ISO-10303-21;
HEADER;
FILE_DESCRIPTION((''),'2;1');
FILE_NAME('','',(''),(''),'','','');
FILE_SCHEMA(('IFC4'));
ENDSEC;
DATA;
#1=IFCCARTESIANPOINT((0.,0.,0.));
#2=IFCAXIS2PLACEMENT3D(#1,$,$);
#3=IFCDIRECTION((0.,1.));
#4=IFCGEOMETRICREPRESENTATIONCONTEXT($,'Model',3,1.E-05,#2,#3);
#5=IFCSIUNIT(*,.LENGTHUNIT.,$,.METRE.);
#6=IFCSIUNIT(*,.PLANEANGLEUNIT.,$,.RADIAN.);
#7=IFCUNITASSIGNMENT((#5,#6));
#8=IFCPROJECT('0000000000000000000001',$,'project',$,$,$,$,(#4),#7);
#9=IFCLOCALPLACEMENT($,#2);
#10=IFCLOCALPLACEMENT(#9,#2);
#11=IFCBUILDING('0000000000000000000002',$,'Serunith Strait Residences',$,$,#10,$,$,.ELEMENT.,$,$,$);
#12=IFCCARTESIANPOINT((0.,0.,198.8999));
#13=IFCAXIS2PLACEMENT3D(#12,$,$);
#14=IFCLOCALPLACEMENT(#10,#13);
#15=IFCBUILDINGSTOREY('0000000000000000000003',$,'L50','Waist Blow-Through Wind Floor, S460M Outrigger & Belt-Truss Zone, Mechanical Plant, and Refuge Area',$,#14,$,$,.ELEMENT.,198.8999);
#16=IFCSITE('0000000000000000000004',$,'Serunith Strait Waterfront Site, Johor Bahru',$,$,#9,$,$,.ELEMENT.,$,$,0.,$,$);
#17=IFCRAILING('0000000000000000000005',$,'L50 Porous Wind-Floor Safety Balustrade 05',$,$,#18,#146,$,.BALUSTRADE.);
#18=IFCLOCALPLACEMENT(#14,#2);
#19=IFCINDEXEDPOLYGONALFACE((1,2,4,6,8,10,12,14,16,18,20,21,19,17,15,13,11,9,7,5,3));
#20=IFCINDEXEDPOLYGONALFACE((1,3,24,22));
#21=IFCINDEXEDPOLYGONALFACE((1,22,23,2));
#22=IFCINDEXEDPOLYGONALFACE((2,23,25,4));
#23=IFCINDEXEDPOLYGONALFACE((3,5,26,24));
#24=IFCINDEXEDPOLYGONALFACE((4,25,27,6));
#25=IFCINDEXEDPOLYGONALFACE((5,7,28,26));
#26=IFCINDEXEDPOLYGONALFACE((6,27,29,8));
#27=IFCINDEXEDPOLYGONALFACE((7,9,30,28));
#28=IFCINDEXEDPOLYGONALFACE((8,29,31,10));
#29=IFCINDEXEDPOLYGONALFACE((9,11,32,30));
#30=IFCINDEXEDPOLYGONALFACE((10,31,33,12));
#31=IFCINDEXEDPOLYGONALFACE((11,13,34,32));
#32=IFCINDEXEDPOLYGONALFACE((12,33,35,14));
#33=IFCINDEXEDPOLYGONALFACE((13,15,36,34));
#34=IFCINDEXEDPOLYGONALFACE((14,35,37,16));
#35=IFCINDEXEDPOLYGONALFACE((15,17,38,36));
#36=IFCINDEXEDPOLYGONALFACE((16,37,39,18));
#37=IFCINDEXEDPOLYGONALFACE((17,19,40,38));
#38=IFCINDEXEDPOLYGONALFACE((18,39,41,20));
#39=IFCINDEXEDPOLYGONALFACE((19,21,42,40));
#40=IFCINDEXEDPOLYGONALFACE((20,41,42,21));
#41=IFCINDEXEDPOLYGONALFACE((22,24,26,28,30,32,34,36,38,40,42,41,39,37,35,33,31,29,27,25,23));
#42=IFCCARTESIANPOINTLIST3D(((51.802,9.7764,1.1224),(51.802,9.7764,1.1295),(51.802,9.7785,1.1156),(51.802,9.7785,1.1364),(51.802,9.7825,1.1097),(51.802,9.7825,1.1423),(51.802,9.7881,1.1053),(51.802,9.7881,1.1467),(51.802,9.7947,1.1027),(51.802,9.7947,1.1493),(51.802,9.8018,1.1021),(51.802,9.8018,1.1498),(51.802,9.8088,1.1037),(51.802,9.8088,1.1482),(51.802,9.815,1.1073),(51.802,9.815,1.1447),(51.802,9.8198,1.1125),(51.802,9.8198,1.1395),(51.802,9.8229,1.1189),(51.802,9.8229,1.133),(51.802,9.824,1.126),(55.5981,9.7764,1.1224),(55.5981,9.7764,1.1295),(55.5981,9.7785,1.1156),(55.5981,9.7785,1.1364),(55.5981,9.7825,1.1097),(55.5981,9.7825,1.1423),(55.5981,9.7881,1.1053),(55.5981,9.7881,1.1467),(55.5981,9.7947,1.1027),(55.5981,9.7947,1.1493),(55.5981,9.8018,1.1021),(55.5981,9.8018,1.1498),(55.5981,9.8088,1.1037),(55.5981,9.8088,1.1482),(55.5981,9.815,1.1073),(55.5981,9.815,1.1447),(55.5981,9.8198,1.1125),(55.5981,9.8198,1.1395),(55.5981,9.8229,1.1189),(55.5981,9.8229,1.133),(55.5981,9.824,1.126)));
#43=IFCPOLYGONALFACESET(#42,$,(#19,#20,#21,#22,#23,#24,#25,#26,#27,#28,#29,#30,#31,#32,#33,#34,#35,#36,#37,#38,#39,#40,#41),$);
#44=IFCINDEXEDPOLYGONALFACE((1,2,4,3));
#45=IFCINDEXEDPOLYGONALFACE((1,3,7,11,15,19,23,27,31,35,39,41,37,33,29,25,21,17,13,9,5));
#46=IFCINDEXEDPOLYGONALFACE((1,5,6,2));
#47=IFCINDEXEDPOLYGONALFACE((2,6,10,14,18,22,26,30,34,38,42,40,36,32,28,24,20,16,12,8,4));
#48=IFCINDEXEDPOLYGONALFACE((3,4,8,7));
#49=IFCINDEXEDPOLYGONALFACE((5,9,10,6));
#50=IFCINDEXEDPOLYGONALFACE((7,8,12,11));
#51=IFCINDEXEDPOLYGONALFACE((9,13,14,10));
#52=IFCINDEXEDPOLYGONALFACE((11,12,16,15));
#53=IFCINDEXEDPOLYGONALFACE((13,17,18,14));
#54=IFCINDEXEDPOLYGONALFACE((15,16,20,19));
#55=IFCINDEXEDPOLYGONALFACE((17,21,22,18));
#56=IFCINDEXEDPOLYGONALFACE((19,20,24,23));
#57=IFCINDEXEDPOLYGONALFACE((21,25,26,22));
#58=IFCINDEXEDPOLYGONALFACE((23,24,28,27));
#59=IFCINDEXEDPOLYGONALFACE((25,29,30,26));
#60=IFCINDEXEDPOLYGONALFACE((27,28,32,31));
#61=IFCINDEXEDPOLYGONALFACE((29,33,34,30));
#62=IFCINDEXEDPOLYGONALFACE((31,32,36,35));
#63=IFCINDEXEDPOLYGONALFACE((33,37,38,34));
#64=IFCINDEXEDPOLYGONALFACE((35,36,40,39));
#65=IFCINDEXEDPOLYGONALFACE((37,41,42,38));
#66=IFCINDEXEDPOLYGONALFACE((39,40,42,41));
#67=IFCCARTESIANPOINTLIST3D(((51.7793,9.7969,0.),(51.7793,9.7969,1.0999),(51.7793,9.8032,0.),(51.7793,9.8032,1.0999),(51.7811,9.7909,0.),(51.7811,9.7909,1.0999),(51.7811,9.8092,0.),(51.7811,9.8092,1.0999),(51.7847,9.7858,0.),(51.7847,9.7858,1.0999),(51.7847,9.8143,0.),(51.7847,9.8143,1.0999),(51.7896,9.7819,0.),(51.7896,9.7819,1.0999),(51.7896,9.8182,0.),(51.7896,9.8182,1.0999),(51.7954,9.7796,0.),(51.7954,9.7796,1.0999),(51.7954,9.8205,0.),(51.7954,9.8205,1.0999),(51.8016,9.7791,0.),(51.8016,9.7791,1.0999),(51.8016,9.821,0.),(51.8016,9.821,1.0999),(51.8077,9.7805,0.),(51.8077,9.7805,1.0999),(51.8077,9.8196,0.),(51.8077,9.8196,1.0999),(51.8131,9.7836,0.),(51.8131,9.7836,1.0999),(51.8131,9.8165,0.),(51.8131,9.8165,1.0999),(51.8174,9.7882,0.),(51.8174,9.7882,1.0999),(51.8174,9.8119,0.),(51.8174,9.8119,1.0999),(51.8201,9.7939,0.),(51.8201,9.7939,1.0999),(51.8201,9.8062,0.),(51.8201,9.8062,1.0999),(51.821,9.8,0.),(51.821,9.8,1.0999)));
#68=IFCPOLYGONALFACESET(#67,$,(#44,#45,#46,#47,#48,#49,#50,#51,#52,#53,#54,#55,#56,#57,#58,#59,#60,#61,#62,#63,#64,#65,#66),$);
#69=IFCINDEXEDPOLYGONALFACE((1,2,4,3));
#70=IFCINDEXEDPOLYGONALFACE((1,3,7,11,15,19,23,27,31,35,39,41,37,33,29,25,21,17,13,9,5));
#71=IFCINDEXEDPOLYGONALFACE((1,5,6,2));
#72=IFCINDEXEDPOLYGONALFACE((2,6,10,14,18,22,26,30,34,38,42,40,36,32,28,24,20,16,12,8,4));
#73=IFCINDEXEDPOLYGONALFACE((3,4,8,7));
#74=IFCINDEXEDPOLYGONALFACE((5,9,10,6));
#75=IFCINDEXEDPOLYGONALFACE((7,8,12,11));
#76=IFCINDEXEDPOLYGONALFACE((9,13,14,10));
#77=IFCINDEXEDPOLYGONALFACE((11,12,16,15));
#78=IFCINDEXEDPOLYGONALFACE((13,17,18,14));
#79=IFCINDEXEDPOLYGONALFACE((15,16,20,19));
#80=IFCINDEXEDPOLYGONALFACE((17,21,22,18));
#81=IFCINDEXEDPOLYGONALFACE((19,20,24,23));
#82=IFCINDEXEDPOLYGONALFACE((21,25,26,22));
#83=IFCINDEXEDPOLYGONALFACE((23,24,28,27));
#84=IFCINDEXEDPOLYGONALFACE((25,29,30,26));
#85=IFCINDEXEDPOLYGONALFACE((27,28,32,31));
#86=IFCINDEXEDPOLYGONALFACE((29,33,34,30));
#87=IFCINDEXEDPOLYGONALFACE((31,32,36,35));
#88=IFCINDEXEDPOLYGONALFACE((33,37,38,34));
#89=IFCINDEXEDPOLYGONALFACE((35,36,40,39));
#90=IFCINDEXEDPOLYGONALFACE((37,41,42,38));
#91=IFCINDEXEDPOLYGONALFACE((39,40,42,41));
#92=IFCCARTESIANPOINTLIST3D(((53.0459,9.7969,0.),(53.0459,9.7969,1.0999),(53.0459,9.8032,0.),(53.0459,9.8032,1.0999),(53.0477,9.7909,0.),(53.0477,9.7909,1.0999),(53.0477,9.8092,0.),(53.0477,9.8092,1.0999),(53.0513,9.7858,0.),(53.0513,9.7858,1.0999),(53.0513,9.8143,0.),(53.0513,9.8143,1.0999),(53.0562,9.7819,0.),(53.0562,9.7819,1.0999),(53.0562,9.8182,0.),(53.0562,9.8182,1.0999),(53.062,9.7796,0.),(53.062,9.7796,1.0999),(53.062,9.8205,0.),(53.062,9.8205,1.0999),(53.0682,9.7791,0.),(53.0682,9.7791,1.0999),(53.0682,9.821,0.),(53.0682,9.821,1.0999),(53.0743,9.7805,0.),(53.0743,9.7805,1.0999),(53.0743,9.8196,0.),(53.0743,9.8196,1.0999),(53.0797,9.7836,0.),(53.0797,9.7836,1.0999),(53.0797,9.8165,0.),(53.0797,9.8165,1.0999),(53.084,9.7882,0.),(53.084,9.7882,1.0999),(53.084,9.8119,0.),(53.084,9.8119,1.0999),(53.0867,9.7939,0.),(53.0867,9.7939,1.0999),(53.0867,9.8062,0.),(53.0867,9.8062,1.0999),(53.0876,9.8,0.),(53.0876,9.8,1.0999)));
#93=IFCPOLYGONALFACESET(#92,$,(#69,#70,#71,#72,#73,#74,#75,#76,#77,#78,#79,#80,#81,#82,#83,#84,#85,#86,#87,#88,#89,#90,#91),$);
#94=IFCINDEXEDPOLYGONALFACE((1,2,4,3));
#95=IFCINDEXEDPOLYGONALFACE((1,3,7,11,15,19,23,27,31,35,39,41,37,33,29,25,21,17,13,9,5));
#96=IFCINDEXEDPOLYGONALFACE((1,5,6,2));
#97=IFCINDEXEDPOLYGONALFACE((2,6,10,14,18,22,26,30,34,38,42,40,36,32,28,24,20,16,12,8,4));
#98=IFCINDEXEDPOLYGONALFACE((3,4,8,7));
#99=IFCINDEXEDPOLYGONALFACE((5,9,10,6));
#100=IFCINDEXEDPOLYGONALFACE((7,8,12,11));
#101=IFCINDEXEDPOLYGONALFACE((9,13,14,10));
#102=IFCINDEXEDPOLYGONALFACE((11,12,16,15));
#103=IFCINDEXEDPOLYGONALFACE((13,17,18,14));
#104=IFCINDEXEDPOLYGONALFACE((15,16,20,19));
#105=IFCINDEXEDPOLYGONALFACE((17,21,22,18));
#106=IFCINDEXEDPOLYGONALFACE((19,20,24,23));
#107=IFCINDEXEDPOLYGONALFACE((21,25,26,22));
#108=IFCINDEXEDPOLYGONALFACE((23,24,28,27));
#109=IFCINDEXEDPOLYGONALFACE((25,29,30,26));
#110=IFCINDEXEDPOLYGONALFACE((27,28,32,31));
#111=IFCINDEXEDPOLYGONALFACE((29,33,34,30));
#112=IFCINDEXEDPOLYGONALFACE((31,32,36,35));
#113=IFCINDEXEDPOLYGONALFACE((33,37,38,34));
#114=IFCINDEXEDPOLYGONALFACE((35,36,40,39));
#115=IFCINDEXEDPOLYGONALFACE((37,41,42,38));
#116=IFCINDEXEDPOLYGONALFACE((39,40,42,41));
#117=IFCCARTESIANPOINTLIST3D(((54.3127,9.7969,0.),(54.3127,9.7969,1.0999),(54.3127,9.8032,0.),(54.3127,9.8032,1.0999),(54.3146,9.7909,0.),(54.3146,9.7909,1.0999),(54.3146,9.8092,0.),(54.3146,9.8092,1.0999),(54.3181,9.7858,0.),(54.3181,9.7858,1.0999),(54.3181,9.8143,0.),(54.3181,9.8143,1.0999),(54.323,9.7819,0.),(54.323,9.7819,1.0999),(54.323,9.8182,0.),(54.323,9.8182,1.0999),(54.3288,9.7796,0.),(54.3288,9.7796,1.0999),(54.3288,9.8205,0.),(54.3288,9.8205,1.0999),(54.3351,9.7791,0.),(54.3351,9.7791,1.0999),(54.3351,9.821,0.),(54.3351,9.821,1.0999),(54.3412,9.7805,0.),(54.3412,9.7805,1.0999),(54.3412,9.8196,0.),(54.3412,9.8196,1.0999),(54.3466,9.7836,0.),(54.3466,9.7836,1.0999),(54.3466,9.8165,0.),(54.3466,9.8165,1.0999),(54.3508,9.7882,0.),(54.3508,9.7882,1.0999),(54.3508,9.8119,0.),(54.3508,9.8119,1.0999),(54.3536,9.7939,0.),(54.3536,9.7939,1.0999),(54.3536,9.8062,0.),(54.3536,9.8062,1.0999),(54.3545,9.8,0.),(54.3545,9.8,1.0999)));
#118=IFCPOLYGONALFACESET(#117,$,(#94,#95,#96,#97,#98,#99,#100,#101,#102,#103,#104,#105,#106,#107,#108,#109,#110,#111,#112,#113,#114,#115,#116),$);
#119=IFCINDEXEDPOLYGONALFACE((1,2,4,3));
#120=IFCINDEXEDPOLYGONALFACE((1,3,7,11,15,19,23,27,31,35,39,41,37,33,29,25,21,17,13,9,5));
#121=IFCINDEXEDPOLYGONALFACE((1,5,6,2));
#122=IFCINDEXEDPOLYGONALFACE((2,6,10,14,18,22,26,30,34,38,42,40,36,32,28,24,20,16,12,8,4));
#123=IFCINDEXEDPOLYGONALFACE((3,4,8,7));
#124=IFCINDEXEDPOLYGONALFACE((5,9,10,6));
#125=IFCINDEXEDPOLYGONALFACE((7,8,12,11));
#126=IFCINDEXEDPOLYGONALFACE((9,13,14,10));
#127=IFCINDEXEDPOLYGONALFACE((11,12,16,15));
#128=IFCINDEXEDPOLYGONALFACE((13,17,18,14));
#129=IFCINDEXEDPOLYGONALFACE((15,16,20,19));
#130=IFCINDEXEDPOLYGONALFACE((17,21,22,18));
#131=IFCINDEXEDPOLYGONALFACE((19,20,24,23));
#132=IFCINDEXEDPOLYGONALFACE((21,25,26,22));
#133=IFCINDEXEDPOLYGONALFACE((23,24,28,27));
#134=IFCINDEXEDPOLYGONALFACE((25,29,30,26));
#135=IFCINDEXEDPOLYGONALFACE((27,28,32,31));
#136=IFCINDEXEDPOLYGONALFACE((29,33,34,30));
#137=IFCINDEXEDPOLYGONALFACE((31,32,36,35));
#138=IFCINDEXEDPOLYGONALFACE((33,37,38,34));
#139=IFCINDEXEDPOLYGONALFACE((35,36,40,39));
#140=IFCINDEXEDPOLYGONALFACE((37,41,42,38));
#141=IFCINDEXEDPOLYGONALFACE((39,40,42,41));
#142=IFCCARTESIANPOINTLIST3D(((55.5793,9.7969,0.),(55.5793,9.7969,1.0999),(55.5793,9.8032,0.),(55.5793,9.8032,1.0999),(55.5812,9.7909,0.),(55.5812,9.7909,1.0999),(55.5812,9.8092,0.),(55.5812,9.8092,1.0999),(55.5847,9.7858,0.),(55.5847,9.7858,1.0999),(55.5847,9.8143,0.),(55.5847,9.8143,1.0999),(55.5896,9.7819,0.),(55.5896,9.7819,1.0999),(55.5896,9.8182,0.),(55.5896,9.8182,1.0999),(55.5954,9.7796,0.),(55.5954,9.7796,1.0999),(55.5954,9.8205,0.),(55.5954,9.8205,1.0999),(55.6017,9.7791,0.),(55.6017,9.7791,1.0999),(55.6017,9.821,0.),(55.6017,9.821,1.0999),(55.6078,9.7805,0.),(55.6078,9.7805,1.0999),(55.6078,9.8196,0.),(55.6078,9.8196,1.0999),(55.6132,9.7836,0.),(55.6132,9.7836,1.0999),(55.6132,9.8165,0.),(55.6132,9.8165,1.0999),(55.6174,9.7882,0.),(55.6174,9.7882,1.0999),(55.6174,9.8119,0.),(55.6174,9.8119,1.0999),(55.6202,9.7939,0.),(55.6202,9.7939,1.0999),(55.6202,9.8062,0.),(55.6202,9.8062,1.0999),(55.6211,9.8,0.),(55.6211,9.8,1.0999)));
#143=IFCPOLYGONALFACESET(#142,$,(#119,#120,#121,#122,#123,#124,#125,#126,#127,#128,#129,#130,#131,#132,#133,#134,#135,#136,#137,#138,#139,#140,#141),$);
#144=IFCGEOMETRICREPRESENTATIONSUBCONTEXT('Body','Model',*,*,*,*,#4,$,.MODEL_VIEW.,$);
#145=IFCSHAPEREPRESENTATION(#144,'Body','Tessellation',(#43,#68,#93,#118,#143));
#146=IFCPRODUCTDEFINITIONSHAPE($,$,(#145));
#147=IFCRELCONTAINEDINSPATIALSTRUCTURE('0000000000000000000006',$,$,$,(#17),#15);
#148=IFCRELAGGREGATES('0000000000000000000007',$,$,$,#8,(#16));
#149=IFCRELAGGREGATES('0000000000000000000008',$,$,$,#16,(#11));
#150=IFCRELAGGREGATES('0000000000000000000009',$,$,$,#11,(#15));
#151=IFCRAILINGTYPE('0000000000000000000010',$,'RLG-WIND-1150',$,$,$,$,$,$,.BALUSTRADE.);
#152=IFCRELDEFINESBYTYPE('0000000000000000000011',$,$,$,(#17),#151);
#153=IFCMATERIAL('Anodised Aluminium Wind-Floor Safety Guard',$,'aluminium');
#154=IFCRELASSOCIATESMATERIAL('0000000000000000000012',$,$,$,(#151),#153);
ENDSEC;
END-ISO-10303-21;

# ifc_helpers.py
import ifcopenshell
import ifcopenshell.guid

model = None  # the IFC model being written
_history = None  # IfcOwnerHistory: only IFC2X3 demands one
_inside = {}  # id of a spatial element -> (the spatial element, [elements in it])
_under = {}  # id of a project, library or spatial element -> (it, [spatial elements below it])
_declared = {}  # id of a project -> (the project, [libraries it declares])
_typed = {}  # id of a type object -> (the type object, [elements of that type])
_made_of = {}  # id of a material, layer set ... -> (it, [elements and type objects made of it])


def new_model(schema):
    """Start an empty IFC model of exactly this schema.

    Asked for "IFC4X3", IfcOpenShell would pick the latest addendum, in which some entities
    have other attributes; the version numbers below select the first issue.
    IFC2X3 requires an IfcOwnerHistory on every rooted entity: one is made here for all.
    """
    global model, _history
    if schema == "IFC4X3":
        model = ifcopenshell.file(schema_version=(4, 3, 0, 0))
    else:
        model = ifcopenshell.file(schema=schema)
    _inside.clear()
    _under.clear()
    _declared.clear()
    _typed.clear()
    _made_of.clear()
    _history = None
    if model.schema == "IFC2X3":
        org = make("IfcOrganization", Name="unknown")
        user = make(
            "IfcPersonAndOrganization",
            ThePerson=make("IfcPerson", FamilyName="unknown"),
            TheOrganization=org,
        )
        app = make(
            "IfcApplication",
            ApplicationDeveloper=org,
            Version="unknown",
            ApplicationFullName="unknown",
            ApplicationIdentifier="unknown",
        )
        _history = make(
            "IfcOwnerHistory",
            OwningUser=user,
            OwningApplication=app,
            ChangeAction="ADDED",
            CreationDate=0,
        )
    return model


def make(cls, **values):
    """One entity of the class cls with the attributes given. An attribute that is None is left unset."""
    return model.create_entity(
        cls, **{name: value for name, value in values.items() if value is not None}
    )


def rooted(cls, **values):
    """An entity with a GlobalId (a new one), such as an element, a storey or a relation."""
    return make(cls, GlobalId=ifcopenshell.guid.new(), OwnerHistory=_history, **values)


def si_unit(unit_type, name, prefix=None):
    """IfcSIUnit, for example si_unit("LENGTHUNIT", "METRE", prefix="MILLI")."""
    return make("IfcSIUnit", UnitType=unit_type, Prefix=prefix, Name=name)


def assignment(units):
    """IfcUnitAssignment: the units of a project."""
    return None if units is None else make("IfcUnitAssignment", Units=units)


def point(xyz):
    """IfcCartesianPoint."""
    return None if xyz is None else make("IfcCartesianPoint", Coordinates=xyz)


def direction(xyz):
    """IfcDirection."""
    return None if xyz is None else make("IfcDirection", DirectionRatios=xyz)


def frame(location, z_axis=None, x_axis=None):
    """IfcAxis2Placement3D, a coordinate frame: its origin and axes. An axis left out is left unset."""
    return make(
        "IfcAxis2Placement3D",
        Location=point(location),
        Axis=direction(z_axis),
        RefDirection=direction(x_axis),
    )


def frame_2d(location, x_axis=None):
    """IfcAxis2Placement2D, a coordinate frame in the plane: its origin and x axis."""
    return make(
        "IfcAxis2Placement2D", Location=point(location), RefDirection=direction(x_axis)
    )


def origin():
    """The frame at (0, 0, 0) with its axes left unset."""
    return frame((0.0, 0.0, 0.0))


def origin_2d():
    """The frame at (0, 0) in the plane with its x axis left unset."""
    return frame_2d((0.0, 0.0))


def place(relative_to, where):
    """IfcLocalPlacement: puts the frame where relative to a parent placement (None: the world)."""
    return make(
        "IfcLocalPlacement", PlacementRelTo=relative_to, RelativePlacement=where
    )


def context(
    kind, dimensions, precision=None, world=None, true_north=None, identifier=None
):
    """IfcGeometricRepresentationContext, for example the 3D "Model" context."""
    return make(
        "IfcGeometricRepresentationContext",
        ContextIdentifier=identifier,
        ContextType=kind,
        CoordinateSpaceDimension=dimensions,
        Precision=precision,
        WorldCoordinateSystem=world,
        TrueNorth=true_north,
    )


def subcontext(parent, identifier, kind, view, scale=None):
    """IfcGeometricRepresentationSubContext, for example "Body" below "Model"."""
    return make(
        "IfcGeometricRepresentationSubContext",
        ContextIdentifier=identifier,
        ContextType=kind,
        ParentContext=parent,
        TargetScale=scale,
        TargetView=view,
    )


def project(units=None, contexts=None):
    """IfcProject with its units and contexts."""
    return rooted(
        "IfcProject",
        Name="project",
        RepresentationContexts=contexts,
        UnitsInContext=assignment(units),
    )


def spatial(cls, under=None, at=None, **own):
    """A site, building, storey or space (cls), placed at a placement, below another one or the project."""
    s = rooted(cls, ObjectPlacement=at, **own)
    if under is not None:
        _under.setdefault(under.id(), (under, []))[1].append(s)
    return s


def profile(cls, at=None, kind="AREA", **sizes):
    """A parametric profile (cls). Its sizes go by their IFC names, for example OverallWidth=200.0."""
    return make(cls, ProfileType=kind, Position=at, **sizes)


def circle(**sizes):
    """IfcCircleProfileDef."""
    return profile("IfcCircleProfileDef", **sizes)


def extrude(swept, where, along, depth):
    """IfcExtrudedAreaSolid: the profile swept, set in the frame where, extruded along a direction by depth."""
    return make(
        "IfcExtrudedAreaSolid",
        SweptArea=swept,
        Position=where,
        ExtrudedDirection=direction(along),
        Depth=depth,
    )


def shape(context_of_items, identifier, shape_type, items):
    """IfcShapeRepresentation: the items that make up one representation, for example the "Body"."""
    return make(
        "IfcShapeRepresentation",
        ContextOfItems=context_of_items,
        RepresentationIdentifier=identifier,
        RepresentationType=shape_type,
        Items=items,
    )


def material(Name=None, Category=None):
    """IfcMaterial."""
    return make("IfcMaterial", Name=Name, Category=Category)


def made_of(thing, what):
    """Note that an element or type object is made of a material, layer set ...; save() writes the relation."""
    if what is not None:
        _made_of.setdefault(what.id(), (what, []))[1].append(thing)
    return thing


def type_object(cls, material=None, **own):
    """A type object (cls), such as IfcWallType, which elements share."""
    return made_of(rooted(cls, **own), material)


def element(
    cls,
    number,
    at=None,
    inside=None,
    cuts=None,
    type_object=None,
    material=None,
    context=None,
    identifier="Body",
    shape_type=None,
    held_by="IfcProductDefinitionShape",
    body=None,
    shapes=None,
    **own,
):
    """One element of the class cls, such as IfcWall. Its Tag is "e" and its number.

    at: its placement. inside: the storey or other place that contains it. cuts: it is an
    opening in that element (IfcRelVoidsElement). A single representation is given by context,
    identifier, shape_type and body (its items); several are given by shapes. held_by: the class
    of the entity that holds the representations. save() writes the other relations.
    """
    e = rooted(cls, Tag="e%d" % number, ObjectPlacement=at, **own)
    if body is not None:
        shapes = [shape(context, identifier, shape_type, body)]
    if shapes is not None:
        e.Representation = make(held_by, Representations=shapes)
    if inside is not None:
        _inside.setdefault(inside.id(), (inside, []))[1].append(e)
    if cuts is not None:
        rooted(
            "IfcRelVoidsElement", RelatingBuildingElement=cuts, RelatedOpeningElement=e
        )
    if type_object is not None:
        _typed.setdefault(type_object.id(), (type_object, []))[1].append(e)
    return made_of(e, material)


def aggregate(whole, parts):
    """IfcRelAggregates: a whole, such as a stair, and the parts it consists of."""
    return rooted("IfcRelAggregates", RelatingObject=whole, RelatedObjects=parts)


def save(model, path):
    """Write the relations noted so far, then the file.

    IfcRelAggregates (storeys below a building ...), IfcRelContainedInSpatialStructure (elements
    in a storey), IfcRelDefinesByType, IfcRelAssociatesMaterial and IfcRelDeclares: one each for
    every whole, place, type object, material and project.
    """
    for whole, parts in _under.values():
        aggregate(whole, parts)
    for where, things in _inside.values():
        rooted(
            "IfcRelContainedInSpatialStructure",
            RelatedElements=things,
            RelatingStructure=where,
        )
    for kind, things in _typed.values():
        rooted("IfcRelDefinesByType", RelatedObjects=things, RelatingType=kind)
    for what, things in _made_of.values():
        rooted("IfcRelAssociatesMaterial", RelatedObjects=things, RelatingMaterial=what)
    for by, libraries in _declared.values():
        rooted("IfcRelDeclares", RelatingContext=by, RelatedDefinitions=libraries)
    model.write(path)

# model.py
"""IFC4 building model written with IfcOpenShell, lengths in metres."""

from ifc_helpers import new_model, si_unit, direction, frame, origin, origin_2d, place, context, subcontext, project, spatial, circle, extrude, material, type_object, element, save


model = new_model("IFC4")

# Units and contexts
model_context = context("Model", 3, precision=1e-05, world=origin(), true_north=direction((0.0, 1.0)))
body_context = subcontext(model_context, "Body", "Model", "MODEL_VIEW")
ifc_project = project(units=[si_unit("LENGTHUNIT", "METRE"), si_unit("PLANEANGLEUNIT", "RADIAN")], contexts=[model_context])

# Site, building, storey
site_placement = place(None, origin())
site = spatial("IfcSite", under=ifc_project, at=site_placement, Name="Serunith Strait Waterfront Site, Johor Bahru", CompositionType="ELEMENT", RefElevation=0.0)
building_placement = place(site_placement, origin())
building = spatial("IfcBuilding", under=site, at=building_placement, Name="Serunith Strait Residences", CompositionType="ELEMENT")
storey_placement = place(building_placement, frame((0.0, 0.0, 198.8999)))
storey = spatial("IfcBuildingStorey", under=building, at=storey_placement, Name="L50", Description="Waist Blow-Through Wind Floor, S460M Outrigger & Belt-Truss Zone, Mechanical Plant, and Refuge Area", CompositionType="ELEMENT", Elevation=198.8999)

# Railing
ifc_material_1 = material(Name="Anodised Aluminium Wind-Floor Safety Guard", Category="aluminium")
railing_type = type_object("IfcRailingType", Name="RLG-WIND-1150", PredefinedType="BALUSTRADE", material=ifc_material_1)
railing_1_placement = place(storey_placement, frame((51.8, 9.8, 0.0)))
element("IfcRailing", 1, at=railing_1_placement, inside=storey, type_object=railing_type, Name="L50 Porous Wind-Floor Safety Balustrade 05", PredefinedType="BALUSTRADE", context=body_context, shape_type="SweptSolid", body=[
    extrude(circle(Radius=0.0239, at=origin_2d()), frame((0.002, 0.0, 1.126), z_axis=(1.0, 0.0, 0.0), x_axis=(0.0, 1.0, 0.0)), (0.0, 0.0, 1.0), 3.7961),
    extrude(circle(Radius=0.021, at=origin_2d()), origin(), (0.0, 0.0, 1.0), 1.0999),
    extrude(circle(Radius=0.021, at=origin_2d()), frame((1.2666, 0.0, 0.0)), (0.0, 0.0, 1.0), 1.0999),
    extrude(circle(Radius=0.021, at=origin_2d()), frame((2.5334, 0.0, 0.0)), (0.0, 0.0, 1.0), 1.0999),
    extrude(circle(Radius=0.021, at=origin_2d()), frame((3.8, 0.0, 0.0)), (0.0, 0.0, 1.0), 1.0999),
])

save(model, "model.ifc")
